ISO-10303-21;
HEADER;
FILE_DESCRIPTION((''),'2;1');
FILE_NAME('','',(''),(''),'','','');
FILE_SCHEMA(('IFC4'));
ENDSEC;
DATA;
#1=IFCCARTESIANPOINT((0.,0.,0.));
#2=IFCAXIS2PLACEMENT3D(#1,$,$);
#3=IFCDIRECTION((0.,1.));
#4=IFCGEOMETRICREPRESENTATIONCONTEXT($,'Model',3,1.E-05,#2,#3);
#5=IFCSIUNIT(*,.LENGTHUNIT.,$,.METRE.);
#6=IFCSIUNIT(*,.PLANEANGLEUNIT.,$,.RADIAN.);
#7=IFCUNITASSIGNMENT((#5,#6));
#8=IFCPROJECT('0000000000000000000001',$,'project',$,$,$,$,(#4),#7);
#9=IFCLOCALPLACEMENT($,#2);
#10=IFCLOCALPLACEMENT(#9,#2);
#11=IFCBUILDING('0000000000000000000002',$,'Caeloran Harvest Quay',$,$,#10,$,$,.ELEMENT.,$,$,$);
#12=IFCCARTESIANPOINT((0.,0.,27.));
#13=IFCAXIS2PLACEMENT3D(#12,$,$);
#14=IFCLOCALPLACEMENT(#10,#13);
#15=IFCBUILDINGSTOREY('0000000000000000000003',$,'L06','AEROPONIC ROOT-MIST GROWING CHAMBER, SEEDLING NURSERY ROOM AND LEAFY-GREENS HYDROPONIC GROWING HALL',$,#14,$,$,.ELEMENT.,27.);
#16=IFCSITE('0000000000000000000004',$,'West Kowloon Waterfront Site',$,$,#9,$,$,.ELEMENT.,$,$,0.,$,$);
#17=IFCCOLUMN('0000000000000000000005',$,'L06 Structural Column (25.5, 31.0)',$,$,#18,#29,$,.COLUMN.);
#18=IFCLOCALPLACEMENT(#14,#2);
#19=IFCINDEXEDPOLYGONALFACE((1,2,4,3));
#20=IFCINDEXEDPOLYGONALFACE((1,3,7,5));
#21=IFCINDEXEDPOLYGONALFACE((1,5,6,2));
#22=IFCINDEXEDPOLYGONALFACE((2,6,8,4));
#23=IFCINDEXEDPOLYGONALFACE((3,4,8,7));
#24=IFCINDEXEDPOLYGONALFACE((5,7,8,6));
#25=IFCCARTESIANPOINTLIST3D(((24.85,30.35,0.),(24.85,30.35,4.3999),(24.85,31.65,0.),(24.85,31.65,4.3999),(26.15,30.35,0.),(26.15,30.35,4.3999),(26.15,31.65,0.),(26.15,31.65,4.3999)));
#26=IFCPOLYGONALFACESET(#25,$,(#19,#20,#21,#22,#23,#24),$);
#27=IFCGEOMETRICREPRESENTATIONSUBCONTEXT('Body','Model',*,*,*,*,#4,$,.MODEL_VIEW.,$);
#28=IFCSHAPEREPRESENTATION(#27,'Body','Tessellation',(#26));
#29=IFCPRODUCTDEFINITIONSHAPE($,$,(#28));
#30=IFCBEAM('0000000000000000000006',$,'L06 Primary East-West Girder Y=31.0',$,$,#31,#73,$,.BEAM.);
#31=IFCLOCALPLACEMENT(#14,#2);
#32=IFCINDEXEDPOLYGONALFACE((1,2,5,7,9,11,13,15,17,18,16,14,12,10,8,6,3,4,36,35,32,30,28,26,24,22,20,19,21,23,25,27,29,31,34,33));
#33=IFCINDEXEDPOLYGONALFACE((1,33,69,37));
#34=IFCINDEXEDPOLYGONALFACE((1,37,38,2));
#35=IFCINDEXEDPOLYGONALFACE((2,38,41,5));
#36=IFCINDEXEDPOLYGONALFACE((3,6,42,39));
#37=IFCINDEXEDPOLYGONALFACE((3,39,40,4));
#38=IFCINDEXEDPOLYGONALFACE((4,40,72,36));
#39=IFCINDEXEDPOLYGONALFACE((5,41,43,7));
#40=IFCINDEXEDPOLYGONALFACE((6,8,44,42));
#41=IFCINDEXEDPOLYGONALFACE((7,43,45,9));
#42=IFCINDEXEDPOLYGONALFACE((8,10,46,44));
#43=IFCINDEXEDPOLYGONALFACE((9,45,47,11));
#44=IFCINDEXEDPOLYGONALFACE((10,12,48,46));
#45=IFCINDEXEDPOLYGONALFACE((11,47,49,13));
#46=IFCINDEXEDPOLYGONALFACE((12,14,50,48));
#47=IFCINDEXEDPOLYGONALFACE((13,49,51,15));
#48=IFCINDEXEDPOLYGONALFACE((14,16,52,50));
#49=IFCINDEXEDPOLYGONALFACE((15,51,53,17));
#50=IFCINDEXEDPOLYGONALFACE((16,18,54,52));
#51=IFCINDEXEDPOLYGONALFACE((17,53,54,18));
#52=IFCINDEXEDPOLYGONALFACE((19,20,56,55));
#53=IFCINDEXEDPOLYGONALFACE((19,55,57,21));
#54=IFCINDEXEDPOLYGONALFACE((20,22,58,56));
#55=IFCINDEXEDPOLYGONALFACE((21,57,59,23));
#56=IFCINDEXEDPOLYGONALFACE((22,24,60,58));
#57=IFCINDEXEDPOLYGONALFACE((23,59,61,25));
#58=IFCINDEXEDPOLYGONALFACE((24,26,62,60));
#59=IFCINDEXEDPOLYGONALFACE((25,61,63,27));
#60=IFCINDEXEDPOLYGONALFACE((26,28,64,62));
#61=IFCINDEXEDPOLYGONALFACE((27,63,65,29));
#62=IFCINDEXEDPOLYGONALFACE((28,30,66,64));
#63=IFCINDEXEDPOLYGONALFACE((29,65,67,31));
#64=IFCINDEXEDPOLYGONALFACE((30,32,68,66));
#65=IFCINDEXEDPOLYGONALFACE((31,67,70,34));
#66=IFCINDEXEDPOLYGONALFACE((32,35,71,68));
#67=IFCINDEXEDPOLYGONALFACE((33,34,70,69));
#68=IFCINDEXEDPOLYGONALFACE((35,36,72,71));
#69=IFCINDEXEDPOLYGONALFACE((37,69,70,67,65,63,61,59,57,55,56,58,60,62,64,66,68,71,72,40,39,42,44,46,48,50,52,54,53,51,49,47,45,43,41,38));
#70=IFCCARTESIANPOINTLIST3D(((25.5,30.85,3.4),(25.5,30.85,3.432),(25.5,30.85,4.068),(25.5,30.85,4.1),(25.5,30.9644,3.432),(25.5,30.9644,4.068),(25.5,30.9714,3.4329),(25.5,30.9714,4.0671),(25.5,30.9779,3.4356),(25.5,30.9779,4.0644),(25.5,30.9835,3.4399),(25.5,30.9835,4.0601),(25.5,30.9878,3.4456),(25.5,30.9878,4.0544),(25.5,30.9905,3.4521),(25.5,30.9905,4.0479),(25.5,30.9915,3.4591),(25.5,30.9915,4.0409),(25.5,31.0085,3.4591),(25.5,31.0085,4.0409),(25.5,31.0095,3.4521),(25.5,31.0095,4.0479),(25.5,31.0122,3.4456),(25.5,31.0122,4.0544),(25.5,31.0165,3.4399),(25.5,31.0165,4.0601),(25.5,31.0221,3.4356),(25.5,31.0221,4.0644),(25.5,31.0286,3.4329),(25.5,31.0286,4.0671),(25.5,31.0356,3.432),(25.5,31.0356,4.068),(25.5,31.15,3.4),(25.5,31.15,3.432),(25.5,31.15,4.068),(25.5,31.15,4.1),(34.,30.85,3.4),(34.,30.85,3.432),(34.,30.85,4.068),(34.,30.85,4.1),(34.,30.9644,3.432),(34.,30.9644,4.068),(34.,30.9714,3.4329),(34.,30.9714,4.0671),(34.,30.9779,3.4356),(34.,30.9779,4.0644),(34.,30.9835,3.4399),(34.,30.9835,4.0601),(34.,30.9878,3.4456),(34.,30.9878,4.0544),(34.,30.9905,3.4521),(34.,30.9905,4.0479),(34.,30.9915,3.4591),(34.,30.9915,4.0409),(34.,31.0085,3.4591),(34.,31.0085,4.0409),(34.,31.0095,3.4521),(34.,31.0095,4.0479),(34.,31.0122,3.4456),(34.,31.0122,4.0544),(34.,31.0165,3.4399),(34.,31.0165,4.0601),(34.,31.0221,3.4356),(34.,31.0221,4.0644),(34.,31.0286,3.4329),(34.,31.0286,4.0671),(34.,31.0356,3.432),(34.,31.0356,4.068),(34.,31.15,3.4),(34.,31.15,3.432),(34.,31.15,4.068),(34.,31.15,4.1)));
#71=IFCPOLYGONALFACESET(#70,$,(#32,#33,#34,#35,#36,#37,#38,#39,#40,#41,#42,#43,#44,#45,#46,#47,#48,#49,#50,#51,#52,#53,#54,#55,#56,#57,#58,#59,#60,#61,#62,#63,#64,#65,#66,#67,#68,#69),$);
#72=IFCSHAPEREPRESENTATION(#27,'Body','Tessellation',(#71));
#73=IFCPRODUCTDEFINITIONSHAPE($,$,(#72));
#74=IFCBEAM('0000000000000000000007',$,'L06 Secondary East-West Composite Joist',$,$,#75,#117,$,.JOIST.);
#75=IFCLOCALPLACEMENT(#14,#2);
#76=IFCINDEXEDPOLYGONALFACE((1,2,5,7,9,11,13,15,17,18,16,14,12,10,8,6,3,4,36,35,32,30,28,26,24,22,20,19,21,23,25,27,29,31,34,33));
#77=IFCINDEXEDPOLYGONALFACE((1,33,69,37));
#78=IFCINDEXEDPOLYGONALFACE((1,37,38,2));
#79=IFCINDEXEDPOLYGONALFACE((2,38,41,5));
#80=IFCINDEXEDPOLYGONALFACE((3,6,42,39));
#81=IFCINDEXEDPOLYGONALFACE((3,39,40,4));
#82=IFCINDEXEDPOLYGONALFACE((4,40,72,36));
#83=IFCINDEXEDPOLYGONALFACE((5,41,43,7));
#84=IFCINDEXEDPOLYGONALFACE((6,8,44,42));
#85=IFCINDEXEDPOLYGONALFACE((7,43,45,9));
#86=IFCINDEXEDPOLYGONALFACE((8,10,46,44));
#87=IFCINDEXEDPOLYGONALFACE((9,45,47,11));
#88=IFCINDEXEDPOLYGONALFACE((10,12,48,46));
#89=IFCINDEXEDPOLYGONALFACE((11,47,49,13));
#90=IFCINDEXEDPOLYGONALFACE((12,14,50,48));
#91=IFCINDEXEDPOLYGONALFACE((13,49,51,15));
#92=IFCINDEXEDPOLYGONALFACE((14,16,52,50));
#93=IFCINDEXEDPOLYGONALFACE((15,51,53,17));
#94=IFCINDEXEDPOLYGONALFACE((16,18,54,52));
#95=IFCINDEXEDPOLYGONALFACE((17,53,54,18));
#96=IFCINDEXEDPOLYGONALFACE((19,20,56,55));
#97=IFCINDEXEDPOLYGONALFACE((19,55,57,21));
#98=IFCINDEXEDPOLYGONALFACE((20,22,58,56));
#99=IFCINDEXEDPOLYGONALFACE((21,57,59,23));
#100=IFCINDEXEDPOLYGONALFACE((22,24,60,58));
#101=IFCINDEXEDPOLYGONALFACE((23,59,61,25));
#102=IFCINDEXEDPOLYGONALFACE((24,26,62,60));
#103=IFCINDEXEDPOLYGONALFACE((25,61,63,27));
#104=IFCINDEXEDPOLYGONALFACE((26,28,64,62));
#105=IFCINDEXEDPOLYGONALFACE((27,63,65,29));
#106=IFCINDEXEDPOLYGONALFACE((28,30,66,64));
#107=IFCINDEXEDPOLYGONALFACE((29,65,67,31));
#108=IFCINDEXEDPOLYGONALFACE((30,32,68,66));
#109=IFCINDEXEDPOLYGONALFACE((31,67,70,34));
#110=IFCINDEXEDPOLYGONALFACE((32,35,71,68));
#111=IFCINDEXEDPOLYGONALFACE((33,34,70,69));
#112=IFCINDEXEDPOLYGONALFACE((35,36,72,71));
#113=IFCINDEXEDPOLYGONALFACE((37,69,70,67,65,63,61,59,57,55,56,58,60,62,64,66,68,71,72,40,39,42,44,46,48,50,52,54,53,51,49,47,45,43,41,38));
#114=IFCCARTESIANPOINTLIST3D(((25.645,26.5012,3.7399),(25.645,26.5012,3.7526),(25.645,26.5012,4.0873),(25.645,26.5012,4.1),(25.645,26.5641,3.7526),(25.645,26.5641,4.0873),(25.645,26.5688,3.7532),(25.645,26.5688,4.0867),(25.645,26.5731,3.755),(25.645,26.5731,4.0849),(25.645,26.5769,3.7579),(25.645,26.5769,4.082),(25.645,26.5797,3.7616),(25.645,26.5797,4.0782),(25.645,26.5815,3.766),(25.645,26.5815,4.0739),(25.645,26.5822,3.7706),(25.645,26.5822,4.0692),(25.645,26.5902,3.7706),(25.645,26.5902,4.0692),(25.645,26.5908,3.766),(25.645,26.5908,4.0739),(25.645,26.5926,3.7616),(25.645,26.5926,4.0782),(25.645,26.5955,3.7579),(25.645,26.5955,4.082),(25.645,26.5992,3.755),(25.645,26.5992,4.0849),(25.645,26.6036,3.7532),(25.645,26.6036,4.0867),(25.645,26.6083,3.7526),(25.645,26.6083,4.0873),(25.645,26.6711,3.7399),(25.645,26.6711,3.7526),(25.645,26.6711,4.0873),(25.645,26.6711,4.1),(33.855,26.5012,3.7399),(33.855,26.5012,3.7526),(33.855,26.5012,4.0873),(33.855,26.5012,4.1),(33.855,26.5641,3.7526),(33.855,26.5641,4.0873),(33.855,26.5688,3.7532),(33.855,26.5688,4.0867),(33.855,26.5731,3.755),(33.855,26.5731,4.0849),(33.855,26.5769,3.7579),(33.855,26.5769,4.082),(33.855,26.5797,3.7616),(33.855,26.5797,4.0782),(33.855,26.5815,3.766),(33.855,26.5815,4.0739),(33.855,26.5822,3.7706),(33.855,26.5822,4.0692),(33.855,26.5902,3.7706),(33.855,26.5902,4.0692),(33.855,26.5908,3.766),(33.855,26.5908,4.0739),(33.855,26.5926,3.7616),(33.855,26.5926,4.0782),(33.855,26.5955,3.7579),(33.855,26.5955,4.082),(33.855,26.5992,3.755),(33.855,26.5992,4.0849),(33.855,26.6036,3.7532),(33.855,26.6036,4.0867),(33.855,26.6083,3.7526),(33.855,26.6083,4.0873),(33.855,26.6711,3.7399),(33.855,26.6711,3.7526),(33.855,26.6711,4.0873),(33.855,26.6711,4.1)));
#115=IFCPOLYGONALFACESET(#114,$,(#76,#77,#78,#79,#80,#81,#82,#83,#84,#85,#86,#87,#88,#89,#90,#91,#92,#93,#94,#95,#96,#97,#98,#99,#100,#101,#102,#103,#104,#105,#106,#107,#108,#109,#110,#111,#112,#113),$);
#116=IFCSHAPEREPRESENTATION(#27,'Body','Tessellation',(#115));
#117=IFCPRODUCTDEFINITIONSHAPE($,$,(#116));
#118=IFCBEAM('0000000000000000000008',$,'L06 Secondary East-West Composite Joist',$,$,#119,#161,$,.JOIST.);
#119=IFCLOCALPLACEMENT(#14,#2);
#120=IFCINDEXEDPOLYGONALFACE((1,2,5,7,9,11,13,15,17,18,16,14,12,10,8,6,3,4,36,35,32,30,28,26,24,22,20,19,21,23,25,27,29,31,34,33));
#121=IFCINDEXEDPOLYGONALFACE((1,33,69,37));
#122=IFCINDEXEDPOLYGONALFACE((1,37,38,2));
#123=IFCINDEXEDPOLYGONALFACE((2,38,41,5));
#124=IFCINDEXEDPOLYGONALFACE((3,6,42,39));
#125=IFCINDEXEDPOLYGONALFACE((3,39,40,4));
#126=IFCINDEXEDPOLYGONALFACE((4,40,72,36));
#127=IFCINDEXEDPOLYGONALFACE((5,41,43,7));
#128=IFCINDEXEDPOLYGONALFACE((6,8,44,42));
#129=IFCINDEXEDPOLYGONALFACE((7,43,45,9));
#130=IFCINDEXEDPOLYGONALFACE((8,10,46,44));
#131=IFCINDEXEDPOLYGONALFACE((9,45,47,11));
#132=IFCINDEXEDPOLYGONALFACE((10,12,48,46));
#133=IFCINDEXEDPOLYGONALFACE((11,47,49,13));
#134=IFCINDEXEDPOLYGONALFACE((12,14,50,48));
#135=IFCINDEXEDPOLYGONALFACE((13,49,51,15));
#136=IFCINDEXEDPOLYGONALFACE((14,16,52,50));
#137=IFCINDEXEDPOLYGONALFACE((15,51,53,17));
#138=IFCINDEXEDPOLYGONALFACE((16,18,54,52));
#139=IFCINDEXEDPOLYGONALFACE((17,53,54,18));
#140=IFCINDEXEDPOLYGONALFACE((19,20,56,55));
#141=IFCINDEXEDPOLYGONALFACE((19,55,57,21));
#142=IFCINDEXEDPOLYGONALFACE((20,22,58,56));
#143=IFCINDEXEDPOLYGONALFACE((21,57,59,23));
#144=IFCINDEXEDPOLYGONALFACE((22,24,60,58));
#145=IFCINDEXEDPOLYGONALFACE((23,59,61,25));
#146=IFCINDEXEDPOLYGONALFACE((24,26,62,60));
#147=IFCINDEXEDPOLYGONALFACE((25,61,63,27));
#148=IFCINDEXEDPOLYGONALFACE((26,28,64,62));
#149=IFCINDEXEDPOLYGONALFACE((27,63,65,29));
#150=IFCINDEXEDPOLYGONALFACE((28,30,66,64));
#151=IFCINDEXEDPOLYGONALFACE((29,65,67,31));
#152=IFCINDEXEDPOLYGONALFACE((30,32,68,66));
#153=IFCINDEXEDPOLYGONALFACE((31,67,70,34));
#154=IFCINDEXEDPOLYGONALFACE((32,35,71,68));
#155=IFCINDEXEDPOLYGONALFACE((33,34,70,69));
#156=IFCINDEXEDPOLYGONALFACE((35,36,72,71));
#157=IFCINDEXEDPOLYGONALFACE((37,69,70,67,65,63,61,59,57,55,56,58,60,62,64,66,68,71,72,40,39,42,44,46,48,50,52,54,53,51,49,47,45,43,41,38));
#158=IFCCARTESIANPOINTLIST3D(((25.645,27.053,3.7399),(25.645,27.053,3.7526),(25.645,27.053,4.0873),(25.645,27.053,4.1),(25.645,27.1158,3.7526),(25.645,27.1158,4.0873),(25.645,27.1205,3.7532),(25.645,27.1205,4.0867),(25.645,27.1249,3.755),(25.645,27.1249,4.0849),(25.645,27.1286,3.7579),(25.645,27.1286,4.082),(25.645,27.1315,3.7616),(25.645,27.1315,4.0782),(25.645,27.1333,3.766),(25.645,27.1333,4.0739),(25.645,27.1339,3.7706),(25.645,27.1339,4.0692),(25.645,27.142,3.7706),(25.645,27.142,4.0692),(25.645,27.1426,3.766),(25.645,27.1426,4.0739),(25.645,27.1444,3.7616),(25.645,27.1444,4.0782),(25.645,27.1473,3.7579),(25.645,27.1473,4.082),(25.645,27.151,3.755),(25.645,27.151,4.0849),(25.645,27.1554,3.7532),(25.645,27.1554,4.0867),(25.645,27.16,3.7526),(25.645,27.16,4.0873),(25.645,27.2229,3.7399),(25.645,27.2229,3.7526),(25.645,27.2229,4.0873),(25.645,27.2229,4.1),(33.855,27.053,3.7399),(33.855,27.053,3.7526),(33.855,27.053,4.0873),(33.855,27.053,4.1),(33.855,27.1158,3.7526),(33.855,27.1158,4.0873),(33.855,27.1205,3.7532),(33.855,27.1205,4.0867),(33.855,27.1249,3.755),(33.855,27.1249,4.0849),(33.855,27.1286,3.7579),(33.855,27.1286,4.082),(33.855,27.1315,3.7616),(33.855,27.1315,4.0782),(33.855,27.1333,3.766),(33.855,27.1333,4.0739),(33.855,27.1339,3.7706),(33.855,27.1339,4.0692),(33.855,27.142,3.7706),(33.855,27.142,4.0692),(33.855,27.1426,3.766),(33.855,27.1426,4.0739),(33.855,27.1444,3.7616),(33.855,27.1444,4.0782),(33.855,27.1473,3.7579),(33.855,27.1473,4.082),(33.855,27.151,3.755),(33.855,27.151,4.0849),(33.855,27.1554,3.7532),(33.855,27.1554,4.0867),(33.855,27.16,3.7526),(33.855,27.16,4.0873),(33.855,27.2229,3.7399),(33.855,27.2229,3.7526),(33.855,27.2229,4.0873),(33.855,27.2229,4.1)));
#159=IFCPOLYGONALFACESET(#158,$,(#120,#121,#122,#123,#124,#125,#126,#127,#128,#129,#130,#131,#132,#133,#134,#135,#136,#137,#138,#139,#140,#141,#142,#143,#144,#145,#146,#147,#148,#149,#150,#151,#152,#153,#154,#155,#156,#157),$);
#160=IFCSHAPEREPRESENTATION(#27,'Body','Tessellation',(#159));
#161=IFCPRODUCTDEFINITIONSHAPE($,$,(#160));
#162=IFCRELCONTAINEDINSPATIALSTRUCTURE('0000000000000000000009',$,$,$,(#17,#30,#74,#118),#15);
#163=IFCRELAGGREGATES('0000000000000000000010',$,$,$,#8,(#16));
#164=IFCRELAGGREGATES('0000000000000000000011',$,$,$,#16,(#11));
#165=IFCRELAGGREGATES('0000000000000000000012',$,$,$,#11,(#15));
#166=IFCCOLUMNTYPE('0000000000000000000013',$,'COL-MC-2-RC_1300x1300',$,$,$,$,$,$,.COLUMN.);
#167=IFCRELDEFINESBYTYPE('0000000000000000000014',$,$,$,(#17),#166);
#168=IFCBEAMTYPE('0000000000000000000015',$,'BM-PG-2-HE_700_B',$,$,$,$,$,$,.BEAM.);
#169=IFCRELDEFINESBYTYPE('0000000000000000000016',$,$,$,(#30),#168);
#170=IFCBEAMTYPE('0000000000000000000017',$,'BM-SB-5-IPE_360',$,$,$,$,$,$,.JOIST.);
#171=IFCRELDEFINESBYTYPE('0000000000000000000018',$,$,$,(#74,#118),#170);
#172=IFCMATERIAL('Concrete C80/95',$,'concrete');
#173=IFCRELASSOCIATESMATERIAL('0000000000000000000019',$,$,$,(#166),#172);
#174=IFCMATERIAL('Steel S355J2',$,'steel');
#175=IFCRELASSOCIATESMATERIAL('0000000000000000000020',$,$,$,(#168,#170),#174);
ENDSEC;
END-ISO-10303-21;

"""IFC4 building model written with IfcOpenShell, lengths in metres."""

from ifc_helpers import new_model, si_unit, direction, frame, origin, origin_2d, place, context, subcontext, project, spatial, rectangle, i_section, extrude, material, material_profile, profile_set, type_object, element, save


model = new_model("IFC4")

# Units and contexts
model_context = context("Model", 3, precision=1e-05, world=origin(), true_north=direction((0.0, 1.0)))
body_context = subcontext(model_context, "Body", "Model", "MODEL_VIEW")
ifc_project = project(units=[si_unit("LENGTHUNIT", "METRE"), si_unit("PLANEANGLEUNIT", "RADIAN")], contexts=[model_context])

# Site, building, storey
site_placement = place(None, origin())
site = spatial("IfcSite", under=ifc_project, at=site_placement, Name="West Kowloon Waterfront Site", CompositionType="ELEMENT", RefElevation=0.0)
building_placement = place(site_placement, origin())
building = spatial("IfcBuilding", under=site, at=building_placement, Name="Caeloran Harvest Quay", CompositionType="ELEMENT")
storey_placement = place(building_placement, frame((0.0, 0.0, 27.0)))
storey = spatial("IfcBuildingStorey", under=building, at=storey_placement, Name="L06", Description="AEROPONIC ROOT-MIST GROWING CHAMBER, SEEDLING NURSERY ROOM AND LEAFY-GREENS HYDROPONIC GROWING HALL", CompositionType="ELEMENT", Elevation=27.0)

# Column
ifc_material_1 = material(Name="Concrete C80/95", Category="concrete")
ifc_material_profile_1 = material_profile(ifc_material_1, rectangle(XDim=1.3, YDim=1.3, at=origin_2d()), Name="RC 1300x1300")
ifc_profile_set_1 = profile_set([ifc_material_profile_1], Name="Concrete C80/95")
column_type = type_object("IfcColumnType", Name="COL-MC-2-RC_1300x1300", PredefinedType="COLUMN", material=ifc_profile_set_1)
column_placement = place(storey_placement, frame((25.5, 31.0, 0.0), z_axis=(0.0, 0.0, 1.0), x_axis=(1.0, 0.0, 0.0)))
element("IfcColumn", 1, at=column_placement, inside=storey, type_object=column_type, Name="L06 Structural Column (25.5, 31.0)", PredefinedType="COLUMN", context=body_context, shape_type="SweptSolid", body=[
    extrude(rectangle(XDim=1.3, YDim=1.3, at=origin_2d()), origin(), (0.0, 0.0, 1.0), 4.3999),
])

# Beams
ifc_material_2 = material(Name="Steel S355J2", Category="steel")
ifc_material_profile_2 = material_profile(ifc_material_2, i_section(OverallWidth=0.3, OverallDepth=0.7, WebThickness=0.0171, FlangeThickness=0.032, FilletRadius=0.0271, at=origin_2d()), Name="HE 700 B")
ifc_profile_set_2 = profile_set([ifc_material_profile_2], Name="Steel S355J2")
beam_type_1 = type_object("IfcBeamType", Name="BM-PG-2-HE_700_B", PredefinedType="BEAM", material=ifc_profile_set_2)
beam_placement = place(storey_placement, frame((25.5, 31.0, 3.75), z_axis=(1.0, 0.0, 0.0), x_axis=(0.0, 1.0, 0.0)))
element("IfcBeam", 2, at=beam_placement, inside=storey, type_object=beam_type_1, Name="L06 Primary East-West Girder Y=31.0", PredefinedType="BEAM", context=body_context, shape_type="SweptSolid", body=[
    extrude(i_section(OverallWidth=0.3, OverallDepth=0.7, WebThickness=0.0171, FlangeThickness=0.032, FilletRadius=0.0271, at=origin_2d()), origin(), (0.0, 0.0, 1.0), 8.5),
])
ifc_material_profile_3 = material_profile(ifc_material_2, i_section(OverallWidth=0.1699, OverallDepth=0.3601, WebThickness=0.0081, FlangeThickness=0.0127, FilletRadius=0.0181, at=origin_2d()), Name="IPE 360")
ifc_profile_set_3 = profile_set([ifc_material_profile_3], Name="Steel S355J2")
beam_type_2 = type_object("IfcBeamType", Name="BM-SB-5-IPE_360", PredefinedType="JOIST", material=ifc_profile_set_3)
for number, where, z_axis, x_axis, name in (
    (3, (25.645, 26.5862, 3.9199), (1.0, 0.0, 0.0), (0.0, 1.0, 0.0), "L06 Secondary East-West Composite Joist"),
    (4, (25.645, 27.1379, 3.9199), (1.0, 0.0, 0.0), (0.0, 1.0, 0.0), "L06 Secondary East-West Composite Joist"),
):
    element("IfcBeam", number, at=place(storey_placement, frame(where, z_axis=z_axis, x_axis=x_axis)), inside=storey, type_object=beam_type_2, Name=name, PredefinedType="JOIST", context=body_context, shape_type="SweptSolid", body=[
        extrude(i_section(OverallWidth=0.1699, OverallDepth=0.3601, WebThickness=0.0081, FlangeThickness=0.0127, FilletRadius=0.0181, at=origin_2d()), origin(), (0.0, 0.0, 1.0), 8.21),
    ])

save(model, "model.ifc")
